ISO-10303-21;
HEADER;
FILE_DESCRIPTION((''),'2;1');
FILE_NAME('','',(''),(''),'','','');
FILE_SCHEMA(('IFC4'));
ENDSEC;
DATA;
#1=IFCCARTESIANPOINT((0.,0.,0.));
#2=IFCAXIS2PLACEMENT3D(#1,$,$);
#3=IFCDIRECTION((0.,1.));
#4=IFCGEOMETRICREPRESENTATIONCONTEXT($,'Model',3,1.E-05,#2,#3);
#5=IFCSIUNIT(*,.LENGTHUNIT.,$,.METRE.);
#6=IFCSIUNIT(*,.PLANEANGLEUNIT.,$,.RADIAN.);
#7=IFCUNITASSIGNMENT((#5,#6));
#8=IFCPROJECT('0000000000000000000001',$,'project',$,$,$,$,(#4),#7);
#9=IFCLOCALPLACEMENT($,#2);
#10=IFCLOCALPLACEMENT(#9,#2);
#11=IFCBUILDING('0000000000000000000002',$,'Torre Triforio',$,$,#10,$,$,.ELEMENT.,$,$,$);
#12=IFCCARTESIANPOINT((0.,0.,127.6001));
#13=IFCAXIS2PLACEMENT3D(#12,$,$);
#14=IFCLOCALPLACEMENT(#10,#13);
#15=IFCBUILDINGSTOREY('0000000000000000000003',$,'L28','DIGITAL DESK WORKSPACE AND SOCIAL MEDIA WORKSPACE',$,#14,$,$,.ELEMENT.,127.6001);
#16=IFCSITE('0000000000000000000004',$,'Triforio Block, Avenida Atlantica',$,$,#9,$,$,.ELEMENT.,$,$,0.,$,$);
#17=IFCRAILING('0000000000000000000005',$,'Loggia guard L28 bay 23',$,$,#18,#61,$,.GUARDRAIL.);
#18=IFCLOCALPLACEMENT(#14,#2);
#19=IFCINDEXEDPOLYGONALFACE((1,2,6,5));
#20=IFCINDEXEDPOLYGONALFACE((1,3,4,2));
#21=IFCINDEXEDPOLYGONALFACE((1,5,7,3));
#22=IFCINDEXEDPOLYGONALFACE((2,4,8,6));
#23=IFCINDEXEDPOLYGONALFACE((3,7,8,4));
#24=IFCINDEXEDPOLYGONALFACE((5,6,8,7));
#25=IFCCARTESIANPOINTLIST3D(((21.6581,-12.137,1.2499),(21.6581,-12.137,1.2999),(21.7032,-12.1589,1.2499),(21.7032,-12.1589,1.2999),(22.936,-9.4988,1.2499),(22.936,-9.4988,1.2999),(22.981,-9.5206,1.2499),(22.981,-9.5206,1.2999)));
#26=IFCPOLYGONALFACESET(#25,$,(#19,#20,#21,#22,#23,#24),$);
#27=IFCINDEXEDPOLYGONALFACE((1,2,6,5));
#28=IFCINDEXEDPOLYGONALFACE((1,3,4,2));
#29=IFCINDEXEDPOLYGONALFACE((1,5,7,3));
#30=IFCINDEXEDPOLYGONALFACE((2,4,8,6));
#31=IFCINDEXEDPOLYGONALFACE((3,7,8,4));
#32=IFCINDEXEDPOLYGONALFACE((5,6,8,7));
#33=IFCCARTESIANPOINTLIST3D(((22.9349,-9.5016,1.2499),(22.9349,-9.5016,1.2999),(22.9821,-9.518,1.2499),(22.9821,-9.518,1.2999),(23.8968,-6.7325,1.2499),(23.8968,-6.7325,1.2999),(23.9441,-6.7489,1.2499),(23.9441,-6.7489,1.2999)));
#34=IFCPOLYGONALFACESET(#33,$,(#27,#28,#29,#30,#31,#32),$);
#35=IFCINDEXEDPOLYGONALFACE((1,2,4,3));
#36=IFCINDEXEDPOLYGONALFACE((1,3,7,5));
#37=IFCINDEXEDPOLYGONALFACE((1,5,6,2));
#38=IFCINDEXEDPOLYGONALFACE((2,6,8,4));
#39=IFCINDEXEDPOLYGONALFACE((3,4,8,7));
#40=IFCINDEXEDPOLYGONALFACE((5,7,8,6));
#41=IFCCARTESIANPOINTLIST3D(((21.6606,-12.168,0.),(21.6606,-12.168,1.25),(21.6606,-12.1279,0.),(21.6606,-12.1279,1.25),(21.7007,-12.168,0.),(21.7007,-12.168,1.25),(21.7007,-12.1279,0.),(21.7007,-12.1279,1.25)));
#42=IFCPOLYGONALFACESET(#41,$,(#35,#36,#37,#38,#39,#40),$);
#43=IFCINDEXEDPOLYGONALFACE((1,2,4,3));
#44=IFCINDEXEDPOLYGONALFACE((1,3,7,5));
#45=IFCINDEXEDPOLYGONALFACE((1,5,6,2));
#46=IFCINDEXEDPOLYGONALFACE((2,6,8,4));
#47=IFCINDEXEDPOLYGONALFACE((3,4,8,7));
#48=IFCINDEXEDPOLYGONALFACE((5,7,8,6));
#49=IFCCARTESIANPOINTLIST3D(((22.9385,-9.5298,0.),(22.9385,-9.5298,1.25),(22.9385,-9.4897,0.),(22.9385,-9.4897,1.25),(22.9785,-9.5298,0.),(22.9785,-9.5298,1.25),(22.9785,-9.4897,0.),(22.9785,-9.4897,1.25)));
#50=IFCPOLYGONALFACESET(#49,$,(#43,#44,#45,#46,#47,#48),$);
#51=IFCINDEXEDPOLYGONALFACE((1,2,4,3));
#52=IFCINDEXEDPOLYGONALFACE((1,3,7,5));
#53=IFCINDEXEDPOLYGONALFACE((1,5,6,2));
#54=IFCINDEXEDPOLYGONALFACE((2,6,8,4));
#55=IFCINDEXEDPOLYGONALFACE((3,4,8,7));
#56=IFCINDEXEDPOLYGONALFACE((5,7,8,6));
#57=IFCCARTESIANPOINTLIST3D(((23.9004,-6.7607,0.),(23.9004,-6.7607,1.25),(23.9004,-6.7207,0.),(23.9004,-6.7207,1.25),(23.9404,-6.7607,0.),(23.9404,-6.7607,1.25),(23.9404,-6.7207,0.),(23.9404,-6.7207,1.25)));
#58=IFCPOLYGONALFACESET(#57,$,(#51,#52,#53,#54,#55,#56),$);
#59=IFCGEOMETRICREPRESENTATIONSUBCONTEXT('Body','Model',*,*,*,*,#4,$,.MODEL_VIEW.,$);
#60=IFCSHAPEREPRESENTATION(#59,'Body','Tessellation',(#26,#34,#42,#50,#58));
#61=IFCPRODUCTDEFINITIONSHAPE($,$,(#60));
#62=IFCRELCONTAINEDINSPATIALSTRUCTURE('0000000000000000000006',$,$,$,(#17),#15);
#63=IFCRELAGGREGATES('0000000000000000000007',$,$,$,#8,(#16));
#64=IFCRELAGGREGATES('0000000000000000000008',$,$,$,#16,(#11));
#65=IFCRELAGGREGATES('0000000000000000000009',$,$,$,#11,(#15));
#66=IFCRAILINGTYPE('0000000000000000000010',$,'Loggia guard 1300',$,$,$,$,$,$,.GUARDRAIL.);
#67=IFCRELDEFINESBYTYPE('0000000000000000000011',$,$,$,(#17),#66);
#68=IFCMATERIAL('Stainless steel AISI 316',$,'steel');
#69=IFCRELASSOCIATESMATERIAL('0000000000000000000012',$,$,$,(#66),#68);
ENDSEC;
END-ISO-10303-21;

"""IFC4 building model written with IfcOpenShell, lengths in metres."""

from ifc_helpers import new_model, si_unit, direction, frame, origin, origin_2d, place, context, subcontext, project, spatial, rectangle, extrude, material, type_object, element, save


model = new_model("IFC4")

# Units and contexts
model_context = context("Model", 3, precision=1e-05, world=origin(), true_north=direction((0.0, 1.0)))
body_context = subcontext(model_context, "Body", "Model", "MODEL_VIEW")
ifc_project = project(units=[si_unit("LENGTHUNIT", "METRE"), si_unit("PLANEANGLEUNIT", "RADIAN")], contexts=[model_context])

# Site, building, storey
site_placement = place(None, origin())
site = spatial("IfcSite", under=ifc_project, at=site_placement, Name="Triforio Block, Avenida Atlantica", CompositionType="ELEMENT", RefElevation=0.0)
building_placement = place(site_placement, origin())
building = spatial("IfcBuilding", under=site, at=building_placement, Name="Torre Triforio", CompositionType="ELEMENT")
storey_placement = place(building_placement, frame((0.0, 0.0, 127.6001)))
storey = spatial("IfcBuildingStorey", under=building, at=storey_placement, Name="L28", Description="DIGITAL DESK WORKSPACE AND SOCIAL MEDIA WORKSPACE", CompositionType="ELEMENT", Elevation=127.6001)

# Railing
ifc_material_1 = material(Name="Stainless steel AISI 316", Category="steel")
railing_type = type_object("IfcRailingType", Name="Loggia guard 1300", PredefinedType="GUARDRAIL", material=ifc_material_1)
railing_1_placement = place(storey_placement, frame((21.6807, -12.1479, 0.0)))
element("IfcRailing", 1, at=railing_1_placement, inside=storey, type_object=railing_type, Name="Loggia guard L28 bay 23", PredefinedType="GUARDRAIL", context=body_context, shape_type="SweptSolid", body=[
    extrude(rectangle(XDim=0.05, YDim=0.05, at=origin_2d()), frame((0.0, 0.0, 1.2749), z_axis=(0.435918, 0.899986, 0.0), x_axis=(-0.899986, 0.435918, 0.0)), (0.0, 0.0, 1.0), 2.9314),
    extrude(rectangle(XDim=0.05, YDim=0.05, at=origin_2d()), frame((1.2778, 2.6382, 1.2749), z_axis=(0.328146, 0.944627, 0.0), x_axis=(-0.944627, 0.328146, 0.0)), (0.0, 0.0, 1.0), 2.9314),
    extrude(rectangle(XDim=0.04, YDim=0.04, at=origin_2d()), origin(), (0.0, 0.0, 1.0), 1.25),
    extrude(rectangle(XDim=0.04, YDim=0.04, at=origin_2d()), frame((1.2778, 2.6382, 0.0)), (0.0, 0.0, 1.0), 1.25),
    extrude(rectangle(XDim=0.04, YDim=0.04, at=origin_2d()), frame((2.2397, 5.4072, 0.0)), (0.0, 0.0, 1.0), 1.25),
])

save(model, "model.ifc")
